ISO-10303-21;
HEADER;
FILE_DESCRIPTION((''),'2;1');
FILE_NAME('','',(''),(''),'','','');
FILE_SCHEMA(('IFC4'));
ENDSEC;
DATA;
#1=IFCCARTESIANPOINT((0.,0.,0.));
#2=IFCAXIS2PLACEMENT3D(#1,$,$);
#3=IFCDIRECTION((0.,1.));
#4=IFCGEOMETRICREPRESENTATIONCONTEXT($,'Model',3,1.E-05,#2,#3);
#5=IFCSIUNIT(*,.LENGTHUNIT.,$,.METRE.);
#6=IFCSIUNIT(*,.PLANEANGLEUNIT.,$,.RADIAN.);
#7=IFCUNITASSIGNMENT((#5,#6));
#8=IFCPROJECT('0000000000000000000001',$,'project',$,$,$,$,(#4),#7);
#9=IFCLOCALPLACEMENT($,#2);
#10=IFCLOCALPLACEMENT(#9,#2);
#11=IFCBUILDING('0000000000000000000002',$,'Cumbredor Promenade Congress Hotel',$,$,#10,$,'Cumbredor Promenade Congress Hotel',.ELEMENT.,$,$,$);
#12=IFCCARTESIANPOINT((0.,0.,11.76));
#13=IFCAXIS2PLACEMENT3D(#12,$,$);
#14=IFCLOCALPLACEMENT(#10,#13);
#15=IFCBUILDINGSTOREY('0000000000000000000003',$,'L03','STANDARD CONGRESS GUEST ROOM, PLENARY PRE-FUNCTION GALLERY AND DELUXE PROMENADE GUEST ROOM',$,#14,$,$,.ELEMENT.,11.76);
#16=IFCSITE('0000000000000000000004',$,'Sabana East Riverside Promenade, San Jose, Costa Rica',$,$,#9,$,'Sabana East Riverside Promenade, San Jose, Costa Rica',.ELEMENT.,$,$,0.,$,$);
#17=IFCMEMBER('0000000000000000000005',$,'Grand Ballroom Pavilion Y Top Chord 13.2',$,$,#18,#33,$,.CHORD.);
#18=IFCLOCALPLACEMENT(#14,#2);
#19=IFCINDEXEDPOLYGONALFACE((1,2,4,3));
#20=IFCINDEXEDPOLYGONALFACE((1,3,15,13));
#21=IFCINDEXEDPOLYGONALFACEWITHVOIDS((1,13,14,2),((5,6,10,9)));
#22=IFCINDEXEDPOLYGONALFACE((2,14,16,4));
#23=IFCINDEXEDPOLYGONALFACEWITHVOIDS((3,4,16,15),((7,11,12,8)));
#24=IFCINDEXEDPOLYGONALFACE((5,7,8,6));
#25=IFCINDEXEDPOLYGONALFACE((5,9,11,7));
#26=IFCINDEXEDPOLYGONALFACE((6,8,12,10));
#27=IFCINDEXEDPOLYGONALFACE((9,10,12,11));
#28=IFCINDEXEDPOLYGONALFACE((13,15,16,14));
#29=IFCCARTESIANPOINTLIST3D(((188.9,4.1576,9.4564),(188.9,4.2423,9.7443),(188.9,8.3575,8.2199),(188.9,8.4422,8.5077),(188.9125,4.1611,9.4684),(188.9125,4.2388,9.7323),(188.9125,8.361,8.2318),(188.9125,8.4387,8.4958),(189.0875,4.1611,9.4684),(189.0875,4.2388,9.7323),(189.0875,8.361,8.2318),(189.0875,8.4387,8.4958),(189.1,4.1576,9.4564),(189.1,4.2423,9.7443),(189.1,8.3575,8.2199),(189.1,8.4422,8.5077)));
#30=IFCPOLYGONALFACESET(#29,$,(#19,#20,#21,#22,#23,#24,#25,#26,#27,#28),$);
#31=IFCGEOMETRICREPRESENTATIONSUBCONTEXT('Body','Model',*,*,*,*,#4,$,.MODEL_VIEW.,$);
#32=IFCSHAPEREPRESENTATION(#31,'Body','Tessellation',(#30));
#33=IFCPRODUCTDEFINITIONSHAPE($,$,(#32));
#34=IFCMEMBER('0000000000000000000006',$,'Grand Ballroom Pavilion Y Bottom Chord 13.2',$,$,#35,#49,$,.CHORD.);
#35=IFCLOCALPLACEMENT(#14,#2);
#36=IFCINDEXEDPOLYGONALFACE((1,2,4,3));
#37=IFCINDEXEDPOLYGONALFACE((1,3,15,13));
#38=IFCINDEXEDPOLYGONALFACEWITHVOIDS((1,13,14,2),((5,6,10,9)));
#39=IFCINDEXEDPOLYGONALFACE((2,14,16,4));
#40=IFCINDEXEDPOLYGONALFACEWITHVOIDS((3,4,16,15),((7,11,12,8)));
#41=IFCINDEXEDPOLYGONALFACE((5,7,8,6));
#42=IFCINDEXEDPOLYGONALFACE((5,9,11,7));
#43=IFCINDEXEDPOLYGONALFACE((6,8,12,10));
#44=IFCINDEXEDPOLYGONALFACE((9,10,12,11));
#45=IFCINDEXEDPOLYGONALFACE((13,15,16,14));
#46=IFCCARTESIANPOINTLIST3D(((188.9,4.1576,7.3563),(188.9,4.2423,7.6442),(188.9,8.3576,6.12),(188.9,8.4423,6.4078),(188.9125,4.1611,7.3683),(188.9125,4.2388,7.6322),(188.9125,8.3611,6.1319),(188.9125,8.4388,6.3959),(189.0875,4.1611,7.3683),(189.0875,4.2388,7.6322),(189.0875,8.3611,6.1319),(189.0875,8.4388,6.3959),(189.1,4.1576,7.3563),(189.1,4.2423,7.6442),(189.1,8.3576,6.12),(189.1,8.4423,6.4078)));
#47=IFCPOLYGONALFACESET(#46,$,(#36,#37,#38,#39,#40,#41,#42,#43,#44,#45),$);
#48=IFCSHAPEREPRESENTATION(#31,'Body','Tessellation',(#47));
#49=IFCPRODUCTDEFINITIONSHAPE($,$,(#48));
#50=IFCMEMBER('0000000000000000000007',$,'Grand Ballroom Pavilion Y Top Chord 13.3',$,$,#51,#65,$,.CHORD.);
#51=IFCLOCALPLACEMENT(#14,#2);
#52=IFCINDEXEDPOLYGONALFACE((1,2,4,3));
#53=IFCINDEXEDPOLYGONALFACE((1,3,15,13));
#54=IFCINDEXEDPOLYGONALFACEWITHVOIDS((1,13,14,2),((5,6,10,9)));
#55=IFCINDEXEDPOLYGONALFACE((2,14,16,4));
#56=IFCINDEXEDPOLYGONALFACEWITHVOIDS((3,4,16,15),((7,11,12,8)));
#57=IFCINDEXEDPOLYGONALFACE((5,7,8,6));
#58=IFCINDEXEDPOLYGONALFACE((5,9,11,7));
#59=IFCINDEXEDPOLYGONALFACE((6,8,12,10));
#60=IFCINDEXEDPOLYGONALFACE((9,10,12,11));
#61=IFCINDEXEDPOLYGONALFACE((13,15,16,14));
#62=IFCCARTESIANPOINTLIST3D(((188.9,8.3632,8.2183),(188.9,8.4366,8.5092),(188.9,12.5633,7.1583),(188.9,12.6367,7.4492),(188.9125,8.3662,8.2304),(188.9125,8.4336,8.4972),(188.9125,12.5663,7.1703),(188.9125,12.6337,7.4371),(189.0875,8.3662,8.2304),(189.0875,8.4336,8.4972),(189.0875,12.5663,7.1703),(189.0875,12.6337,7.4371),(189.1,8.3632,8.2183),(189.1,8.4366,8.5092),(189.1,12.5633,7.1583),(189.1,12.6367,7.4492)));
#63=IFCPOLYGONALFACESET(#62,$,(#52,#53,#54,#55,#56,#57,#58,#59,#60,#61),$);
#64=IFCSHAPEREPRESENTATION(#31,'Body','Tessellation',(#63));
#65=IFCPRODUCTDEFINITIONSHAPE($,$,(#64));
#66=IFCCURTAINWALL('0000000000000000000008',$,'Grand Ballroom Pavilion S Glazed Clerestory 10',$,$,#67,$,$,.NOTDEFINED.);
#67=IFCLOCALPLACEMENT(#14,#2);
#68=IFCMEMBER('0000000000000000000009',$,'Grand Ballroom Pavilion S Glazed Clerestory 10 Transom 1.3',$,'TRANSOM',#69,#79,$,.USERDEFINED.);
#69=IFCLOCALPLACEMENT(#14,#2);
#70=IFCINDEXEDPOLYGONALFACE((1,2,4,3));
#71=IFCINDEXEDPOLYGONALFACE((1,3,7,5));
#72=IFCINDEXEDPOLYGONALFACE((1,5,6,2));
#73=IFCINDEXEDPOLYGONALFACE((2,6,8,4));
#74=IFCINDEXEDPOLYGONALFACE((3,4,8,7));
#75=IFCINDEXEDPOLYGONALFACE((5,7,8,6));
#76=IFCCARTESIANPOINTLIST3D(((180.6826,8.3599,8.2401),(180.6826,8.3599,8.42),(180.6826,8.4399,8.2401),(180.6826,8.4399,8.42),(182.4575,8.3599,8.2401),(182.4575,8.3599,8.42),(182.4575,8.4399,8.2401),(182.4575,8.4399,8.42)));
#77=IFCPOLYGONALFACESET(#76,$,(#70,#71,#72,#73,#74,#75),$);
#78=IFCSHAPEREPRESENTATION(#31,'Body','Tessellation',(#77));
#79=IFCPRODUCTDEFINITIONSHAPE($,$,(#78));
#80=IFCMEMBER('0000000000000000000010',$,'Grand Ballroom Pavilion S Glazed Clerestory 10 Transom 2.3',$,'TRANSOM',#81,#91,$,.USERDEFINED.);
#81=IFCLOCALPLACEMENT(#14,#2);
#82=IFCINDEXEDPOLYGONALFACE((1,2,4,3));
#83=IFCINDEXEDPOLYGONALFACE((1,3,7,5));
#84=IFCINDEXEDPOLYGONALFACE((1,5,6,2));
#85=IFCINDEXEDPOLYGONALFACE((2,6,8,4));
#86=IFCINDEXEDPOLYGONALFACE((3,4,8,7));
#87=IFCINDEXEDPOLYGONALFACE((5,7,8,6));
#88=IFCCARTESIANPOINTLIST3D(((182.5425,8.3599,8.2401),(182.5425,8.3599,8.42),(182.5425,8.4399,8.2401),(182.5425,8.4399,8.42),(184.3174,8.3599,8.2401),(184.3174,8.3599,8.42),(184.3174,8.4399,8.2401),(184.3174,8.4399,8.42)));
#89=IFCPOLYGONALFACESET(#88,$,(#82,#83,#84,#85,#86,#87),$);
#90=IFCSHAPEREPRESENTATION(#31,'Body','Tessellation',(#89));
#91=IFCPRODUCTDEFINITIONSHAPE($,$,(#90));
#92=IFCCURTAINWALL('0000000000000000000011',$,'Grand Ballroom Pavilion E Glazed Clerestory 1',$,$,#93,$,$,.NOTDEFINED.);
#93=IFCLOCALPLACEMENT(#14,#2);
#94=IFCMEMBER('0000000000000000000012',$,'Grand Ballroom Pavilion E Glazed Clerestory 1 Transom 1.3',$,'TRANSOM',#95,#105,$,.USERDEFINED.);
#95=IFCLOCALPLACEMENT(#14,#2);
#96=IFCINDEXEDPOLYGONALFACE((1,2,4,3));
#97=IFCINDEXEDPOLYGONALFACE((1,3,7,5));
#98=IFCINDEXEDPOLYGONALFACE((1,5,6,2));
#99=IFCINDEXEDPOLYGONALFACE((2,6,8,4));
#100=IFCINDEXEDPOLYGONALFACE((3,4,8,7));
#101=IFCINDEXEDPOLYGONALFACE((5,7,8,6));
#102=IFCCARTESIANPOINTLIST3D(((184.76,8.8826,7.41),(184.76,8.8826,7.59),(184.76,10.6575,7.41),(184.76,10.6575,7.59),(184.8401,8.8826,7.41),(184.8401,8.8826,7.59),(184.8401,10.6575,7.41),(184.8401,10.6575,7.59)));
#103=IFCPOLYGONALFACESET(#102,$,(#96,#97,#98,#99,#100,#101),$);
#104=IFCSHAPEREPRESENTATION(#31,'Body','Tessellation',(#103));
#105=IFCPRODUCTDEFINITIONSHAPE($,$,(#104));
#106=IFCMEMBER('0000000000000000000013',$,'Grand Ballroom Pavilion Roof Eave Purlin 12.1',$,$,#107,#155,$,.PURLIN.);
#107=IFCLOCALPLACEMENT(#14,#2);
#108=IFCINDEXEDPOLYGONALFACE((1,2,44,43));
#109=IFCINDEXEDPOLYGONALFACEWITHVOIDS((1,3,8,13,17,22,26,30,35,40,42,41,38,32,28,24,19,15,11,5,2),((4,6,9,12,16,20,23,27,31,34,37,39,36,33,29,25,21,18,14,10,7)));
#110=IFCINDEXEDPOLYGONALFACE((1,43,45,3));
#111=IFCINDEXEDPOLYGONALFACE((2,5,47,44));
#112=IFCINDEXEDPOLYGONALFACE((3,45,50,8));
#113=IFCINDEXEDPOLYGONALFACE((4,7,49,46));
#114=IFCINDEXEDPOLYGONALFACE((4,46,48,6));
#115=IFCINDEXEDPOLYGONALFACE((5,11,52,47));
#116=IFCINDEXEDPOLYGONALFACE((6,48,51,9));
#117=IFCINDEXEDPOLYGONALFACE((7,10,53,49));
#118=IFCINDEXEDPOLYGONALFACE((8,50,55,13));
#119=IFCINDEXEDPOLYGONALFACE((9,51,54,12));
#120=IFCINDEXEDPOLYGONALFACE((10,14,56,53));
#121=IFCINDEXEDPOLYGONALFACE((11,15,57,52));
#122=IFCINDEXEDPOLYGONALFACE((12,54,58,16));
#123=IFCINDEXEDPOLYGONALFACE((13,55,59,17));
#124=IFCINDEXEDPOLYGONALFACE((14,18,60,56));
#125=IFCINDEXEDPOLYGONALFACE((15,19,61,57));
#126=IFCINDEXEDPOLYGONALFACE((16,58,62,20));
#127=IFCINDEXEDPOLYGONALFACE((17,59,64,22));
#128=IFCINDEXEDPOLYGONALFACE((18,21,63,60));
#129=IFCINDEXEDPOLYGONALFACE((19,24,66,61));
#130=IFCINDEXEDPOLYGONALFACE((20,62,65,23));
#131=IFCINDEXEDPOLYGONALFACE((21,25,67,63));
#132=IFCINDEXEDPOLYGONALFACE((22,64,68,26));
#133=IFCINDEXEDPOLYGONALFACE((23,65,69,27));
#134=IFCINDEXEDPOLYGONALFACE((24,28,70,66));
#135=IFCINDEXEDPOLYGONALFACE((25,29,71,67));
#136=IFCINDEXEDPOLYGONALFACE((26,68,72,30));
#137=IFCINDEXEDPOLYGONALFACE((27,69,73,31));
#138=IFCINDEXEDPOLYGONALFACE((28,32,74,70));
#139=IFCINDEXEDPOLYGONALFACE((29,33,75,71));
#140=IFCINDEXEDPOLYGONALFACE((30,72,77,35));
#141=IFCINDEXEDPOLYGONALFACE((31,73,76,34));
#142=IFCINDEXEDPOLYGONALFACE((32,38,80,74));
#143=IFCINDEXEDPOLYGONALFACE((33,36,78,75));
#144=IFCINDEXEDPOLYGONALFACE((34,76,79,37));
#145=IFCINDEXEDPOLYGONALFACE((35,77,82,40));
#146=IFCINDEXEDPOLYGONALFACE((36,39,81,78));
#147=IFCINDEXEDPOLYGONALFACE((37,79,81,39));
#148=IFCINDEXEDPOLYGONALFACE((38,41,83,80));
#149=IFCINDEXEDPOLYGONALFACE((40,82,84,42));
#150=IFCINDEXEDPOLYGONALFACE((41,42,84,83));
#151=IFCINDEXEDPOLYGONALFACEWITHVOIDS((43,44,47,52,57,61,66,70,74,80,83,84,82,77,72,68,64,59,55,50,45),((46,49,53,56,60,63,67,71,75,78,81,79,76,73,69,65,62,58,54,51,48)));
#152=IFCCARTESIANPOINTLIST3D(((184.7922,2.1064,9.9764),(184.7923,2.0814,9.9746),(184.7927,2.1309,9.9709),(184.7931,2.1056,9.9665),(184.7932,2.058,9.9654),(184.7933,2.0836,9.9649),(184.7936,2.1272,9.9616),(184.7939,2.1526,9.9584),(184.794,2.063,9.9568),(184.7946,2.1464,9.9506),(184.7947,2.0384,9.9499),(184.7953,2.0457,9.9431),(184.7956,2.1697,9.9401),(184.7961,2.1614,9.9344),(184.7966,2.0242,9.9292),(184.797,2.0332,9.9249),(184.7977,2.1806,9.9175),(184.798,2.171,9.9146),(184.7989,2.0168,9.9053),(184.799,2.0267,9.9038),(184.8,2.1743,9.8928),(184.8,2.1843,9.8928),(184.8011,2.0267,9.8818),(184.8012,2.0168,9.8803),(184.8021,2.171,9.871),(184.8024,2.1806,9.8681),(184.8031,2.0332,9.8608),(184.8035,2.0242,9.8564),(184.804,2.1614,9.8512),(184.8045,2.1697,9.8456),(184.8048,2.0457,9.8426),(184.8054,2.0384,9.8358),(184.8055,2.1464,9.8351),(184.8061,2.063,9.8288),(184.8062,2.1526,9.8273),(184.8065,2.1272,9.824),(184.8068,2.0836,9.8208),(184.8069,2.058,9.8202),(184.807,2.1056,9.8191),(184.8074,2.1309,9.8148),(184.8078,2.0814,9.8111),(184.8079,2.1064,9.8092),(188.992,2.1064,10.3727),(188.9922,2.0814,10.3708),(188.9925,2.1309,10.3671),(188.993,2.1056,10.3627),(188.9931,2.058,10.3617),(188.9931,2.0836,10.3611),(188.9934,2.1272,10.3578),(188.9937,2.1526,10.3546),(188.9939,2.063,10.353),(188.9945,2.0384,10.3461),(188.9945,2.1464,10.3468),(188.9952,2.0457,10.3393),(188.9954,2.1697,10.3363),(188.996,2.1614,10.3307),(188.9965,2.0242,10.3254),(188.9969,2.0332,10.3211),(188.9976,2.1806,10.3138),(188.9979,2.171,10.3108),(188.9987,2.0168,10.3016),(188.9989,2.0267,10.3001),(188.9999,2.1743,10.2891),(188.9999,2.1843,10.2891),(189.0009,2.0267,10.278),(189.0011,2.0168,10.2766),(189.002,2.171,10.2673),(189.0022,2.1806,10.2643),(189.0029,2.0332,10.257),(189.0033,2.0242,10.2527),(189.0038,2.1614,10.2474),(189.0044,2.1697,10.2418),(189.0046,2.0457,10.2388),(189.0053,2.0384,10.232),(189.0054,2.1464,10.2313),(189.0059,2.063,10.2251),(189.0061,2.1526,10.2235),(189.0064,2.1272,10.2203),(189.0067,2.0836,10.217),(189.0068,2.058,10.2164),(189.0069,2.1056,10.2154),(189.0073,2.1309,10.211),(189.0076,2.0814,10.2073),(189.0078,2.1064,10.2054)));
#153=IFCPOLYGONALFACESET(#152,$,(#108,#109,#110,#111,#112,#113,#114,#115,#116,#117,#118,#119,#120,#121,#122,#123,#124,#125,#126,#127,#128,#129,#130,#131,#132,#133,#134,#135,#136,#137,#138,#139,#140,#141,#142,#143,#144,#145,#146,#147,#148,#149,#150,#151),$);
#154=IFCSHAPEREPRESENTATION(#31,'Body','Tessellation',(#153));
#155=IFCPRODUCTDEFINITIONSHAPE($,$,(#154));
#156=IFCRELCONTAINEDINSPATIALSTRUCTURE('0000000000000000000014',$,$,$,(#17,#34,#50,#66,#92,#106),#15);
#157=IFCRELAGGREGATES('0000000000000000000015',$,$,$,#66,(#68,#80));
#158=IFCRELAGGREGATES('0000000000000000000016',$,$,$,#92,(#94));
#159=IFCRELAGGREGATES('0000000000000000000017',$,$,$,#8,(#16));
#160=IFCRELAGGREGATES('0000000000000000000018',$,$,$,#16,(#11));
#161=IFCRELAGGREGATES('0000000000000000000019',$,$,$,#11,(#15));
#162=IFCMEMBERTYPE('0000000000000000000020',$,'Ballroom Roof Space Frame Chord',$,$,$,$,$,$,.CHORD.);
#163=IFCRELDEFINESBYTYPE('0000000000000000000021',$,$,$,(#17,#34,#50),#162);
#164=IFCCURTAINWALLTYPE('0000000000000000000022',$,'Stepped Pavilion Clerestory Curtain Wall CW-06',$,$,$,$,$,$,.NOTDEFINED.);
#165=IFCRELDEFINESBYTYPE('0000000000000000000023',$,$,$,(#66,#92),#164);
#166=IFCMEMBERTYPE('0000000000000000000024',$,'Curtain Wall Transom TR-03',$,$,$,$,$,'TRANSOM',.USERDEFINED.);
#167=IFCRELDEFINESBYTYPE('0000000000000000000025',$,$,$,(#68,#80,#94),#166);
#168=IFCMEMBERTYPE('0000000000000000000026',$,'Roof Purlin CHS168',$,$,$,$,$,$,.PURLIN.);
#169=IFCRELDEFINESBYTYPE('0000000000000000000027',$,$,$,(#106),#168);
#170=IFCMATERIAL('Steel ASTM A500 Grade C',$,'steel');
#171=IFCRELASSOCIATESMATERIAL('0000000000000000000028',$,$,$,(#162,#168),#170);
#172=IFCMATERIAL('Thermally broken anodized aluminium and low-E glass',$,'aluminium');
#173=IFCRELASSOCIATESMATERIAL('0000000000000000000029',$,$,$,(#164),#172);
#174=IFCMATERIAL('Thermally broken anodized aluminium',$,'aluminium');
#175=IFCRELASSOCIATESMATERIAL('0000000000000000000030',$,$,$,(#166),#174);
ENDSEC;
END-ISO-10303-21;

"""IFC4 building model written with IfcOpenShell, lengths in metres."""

from ifc_helpers import new_model, si_unit, direction, frame, origin, origin_2d, place, context, subcontext, project, spatial, rectangle, hollow_rectangle, hollow_circle, extrude, material, material_profile, profile_set, type_object, element, aggregate, save


model = new_model("IFC4")

# Units and contexts
model_context = context("Model", 3, precision=1e-05, world=origin(), true_north=direction((0.0, 1.0)))
body_context = subcontext(model_context, "Body", "Model", "MODEL_VIEW")
ifc_project = project(units=[si_unit("LENGTHUNIT", "METRE"), si_unit("PLANEANGLEUNIT", "RADIAN")], contexts=[model_context])

# Site, building, storey
site_placement = place(None, origin())
site = spatial("IfcSite", under=ifc_project, at=site_placement, Name="Sabana East Riverside Promenade, San Jose, Costa Rica", LongName="Sabana East Riverside Promenade, San Jose, Costa Rica", CompositionType="ELEMENT", RefElevation=0.0)
building_placement = place(site_placement, origin())
building = spatial("IfcBuilding", under=site, at=building_placement, Name="Cumbredor Promenade Congress Hotel", LongName="Cumbredor Promenade Congress Hotel", CompositionType="ELEMENT")
storey_placement = place(building_placement, frame((0.0, 0.0, 11.76)))
storey = spatial("IfcBuildingStorey", under=building, at=storey_placement, Name="L03", Description="STANDARD CONGRESS GUEST ROOM, PLENARY PRE-FUNCTION GALLERY AND DELUXE PROMENADE GUEST ROOM", CompositionType="ELEMENT", Elevation=11.76)

# Members
ifc_material_1 = material(Name="Steel ASTM A500 Grade C", Category="steel")
ifc_material_profile_1 = material_profile(ifc_material_1, hollow_rectangle(XDim=0.2, YDim=0.3, WallThickness=0.0125, at=origin_2d()), Name="HSS 300x200x12.5")
ifc_profile_set_1 = profile_set([ifc_material_profile_1], Name="Steel ASTM A500 Grade C")
member_type_1 = type_object("IfcMemberType", Name="Ballroom Roof Space Frame Chord", PredefinedType="CHORD", material=ifc_profile_set_1)
for number, where, z_axis, x_axis, name in (
    (1, (189.0, 4.2, 9.6003), (0.0, 0.959286, -0.282438), (-1.0, 0.0, 0.0), "Grand Ballroom Pavilion Y Top Chord 13.2"),
    (2, (189.0, 4.2, 7.5002), (0.0, 0.959301, -0.282387), (-1.0, 0.0, 0.0), "Grand Ballroom Pavilion Y Bottom Chord 13.2"),
):
    element("IfcMember", number, at=place(storey_placement, frame(where, z_axis=z_axis, x_axis=x_axis)), inside=storey, type_object=member_type_1, Name=name, PredefinedType="CHORD", context=body_context, shape_type="SweptSolid", body=[
        extrude(hollow_rectangle(XDim=0.2, YDim=0.3, WallThickness=0.0125, at=origin_2d()), origin(), (0.0, 0.0, 1.0), 4.3782),
    ])
member_1_placement = place(storey_placement, frame((189.0, 8.3999, 8.3638), z_axis=(0.0, 0.969596, -0.24471), x_axis=(-1.0, 0.0, 0.0)))
element("IfcMember", 3, at=member_1_placement, inside=storey, type_object=member_type_1, Name="Grand Ballroom Pavilion Y Top Chord 13.3", PredefinedType="CHORD", context=body_context, shape_type="SweptSolid", body=[
    extrude(hollow_rectangle(XDim=0.2, YDim=0.3, WallThickness=0.0125, at=origin_2d()), origin(), (0.0, 0.0, 1.0), 4.3318),
])

# Curtain wall, members
ifc_material_2 = material(Name="Thermally broken anodized aluminium and low-E glass", Category="aluminium")
curtain_wall_type = type_object("IfcCurtainWallType", Name="Stepped Pavilion Clerestory Curtain Wall CW-06", PredefinedType="NOTDEFINED", material=ifc_material_2)
curtain_wall_1_placement = place(storey_placement, origin())
curtain_wall_1 = element("IfcCurtainWall", 4, at=curtain_wall_1_placement, inside=storey, type_object=curtain_wall_type, Name="Grand Ballroom Pavilion S Glazed Clerestory 10", PredefinedType="NOTDEFINED")
ifc_material_3 = material(Name="Thermally broken anodized aluminium", Category="aluminium")
ifc_material_profile_2 = material_profile(ifc_material_3, rectangle(XDim=0.0801, YDim=0.1799, at=origin_2d()), Name="ALU TRANSOM 80x180")
ifc_profile_set_2 = profile_set([ifc_material_profile_2], Name="Thermally broken anodized aluminium")
member_type_2 = type_object("IfcMemberType", Name="Curtain Wall Transom TR-03", ElementType="TRANSOM", PredefinedType="USERDEFINED", material=ifc_profile_set_2)
member_2_placement = place(storey_placement, frame((180.6826, 8.3999, 8.3301), z_axis=(1.0, 0.0, 0.0), x_axis=(0.0, 1.0, 0.0)))
member_2 = element("IfcMember", 5, at=member_2_placement, type_object=member_type_2, Name="Grand Ballroom Pavilion S Glazed Clerestory 10 Transom 1.3", ObjectType="TRANSOM", PredefinedType="USERDEFINED", context=body_context, shape_type="SweptSolid", body=[
    extrude(rectangle(XDim=0.0801, YDim=0.1799, at=origin_2d()), origin(), (0.0, 0.0, 1.0), 1.7749),
])
member_3_placement = place(storey_placement, frame((182.5425, 8.3999, 8.3301), z_axis=(1.0, 0.0, 0.0), x_axis=(0.0, 1.0, 0.0)))
member_3 = element("IfcMember", 6, at=member_3_placement, type_object=member_type_2, Name="Grand Ballroom Pavilion S Glazed Clerestory 10 Transom 2.3", ObjectType="TRANSOM", PredefinedType="USERDEFINED", context=body_context, shape_type="SweptSolid", body=[
    extrude(rectangle(XDim=0.0801, YDim=0.1799, at=origin_2d()), origin(), (0.0, 0.0, 1.0), 1.7749),
])
aggregate(curtain_wall_1, [member_2, member_3])

# Curtain wall, member
curtain_wall_2_placement = place(storey_placement, origin())
curtain_wall_2 = element("IfcCurtainWall", 7, at=curtain_wall_2_placement, inside=storey, type_object=curtain_wall_type, Name="Grand Ballroom Pavilion E Glazed Clerestory 1", PredefinedType="NOTDEFINED")
member_4_placement = place(storey_placement, frame((184.8, 8.8826, 7.5), z_axis=(0.0, 1.0, 0.0), x_axis=(-1.0, 0.0, 0.0)))
member_4 = element("IfcMember", 8, at=member_4_placement, type_object=member_type_2, Name="Grand Ballroom Pavilion E Glazed Clerestory 1 Transom 1.3", ObjectType="TRANSOM", PredefinedType="USERDEFINED", context=body_context, shape_type="SweptSolid", body=[
    extrude(rectangle(XDim=0.0801, YDim=0.1799, at=origin_2d()), origin(), (0.0, 0.0, 1.0), 1.7749),
])
aggregate(curtain_wall_2, [member_4])

# Member
ifc_material_profile_3 = material_profile(ifc_material_1, hollow_circle(Radius=0.0842, WallThickness=0.01, at=origin_2d()), Name="CHS 168.3x10")
ifc_profile_set_3 = profile_set([ifc_material_profile_3], Name="Steel ASTM A500 Grade C")
member_type_3 = type_object("IfcMemberType", Name="Roof Purlin CHS168", PredefinedType="PURLIN", material=ifc_profile_set_3)
member_5_placement = place(storey_placement, frame((184.8, 2.1001, 9.8928), z_axis=(0.995579, 0.0, 0.093927), x_axis=(0.0, 1.0, 0.0)))
element("IfcMember", 9, at=member_5_placement, inside=storey, type_object=member_type_3, Name="Grand Ballroom Pavilion Roof Eave Purlin 12.1", PredefinedType="PURLIN", context=body_context, shape_type="SweptSolid", body=[
    extrude(hollow_circle(Radius=0.0842, WallThickness=0.01, at=origin_2d()), origin(), (0.0, 0.0, 1.0), 4.2185),
])

save(model, "model.ifc")
